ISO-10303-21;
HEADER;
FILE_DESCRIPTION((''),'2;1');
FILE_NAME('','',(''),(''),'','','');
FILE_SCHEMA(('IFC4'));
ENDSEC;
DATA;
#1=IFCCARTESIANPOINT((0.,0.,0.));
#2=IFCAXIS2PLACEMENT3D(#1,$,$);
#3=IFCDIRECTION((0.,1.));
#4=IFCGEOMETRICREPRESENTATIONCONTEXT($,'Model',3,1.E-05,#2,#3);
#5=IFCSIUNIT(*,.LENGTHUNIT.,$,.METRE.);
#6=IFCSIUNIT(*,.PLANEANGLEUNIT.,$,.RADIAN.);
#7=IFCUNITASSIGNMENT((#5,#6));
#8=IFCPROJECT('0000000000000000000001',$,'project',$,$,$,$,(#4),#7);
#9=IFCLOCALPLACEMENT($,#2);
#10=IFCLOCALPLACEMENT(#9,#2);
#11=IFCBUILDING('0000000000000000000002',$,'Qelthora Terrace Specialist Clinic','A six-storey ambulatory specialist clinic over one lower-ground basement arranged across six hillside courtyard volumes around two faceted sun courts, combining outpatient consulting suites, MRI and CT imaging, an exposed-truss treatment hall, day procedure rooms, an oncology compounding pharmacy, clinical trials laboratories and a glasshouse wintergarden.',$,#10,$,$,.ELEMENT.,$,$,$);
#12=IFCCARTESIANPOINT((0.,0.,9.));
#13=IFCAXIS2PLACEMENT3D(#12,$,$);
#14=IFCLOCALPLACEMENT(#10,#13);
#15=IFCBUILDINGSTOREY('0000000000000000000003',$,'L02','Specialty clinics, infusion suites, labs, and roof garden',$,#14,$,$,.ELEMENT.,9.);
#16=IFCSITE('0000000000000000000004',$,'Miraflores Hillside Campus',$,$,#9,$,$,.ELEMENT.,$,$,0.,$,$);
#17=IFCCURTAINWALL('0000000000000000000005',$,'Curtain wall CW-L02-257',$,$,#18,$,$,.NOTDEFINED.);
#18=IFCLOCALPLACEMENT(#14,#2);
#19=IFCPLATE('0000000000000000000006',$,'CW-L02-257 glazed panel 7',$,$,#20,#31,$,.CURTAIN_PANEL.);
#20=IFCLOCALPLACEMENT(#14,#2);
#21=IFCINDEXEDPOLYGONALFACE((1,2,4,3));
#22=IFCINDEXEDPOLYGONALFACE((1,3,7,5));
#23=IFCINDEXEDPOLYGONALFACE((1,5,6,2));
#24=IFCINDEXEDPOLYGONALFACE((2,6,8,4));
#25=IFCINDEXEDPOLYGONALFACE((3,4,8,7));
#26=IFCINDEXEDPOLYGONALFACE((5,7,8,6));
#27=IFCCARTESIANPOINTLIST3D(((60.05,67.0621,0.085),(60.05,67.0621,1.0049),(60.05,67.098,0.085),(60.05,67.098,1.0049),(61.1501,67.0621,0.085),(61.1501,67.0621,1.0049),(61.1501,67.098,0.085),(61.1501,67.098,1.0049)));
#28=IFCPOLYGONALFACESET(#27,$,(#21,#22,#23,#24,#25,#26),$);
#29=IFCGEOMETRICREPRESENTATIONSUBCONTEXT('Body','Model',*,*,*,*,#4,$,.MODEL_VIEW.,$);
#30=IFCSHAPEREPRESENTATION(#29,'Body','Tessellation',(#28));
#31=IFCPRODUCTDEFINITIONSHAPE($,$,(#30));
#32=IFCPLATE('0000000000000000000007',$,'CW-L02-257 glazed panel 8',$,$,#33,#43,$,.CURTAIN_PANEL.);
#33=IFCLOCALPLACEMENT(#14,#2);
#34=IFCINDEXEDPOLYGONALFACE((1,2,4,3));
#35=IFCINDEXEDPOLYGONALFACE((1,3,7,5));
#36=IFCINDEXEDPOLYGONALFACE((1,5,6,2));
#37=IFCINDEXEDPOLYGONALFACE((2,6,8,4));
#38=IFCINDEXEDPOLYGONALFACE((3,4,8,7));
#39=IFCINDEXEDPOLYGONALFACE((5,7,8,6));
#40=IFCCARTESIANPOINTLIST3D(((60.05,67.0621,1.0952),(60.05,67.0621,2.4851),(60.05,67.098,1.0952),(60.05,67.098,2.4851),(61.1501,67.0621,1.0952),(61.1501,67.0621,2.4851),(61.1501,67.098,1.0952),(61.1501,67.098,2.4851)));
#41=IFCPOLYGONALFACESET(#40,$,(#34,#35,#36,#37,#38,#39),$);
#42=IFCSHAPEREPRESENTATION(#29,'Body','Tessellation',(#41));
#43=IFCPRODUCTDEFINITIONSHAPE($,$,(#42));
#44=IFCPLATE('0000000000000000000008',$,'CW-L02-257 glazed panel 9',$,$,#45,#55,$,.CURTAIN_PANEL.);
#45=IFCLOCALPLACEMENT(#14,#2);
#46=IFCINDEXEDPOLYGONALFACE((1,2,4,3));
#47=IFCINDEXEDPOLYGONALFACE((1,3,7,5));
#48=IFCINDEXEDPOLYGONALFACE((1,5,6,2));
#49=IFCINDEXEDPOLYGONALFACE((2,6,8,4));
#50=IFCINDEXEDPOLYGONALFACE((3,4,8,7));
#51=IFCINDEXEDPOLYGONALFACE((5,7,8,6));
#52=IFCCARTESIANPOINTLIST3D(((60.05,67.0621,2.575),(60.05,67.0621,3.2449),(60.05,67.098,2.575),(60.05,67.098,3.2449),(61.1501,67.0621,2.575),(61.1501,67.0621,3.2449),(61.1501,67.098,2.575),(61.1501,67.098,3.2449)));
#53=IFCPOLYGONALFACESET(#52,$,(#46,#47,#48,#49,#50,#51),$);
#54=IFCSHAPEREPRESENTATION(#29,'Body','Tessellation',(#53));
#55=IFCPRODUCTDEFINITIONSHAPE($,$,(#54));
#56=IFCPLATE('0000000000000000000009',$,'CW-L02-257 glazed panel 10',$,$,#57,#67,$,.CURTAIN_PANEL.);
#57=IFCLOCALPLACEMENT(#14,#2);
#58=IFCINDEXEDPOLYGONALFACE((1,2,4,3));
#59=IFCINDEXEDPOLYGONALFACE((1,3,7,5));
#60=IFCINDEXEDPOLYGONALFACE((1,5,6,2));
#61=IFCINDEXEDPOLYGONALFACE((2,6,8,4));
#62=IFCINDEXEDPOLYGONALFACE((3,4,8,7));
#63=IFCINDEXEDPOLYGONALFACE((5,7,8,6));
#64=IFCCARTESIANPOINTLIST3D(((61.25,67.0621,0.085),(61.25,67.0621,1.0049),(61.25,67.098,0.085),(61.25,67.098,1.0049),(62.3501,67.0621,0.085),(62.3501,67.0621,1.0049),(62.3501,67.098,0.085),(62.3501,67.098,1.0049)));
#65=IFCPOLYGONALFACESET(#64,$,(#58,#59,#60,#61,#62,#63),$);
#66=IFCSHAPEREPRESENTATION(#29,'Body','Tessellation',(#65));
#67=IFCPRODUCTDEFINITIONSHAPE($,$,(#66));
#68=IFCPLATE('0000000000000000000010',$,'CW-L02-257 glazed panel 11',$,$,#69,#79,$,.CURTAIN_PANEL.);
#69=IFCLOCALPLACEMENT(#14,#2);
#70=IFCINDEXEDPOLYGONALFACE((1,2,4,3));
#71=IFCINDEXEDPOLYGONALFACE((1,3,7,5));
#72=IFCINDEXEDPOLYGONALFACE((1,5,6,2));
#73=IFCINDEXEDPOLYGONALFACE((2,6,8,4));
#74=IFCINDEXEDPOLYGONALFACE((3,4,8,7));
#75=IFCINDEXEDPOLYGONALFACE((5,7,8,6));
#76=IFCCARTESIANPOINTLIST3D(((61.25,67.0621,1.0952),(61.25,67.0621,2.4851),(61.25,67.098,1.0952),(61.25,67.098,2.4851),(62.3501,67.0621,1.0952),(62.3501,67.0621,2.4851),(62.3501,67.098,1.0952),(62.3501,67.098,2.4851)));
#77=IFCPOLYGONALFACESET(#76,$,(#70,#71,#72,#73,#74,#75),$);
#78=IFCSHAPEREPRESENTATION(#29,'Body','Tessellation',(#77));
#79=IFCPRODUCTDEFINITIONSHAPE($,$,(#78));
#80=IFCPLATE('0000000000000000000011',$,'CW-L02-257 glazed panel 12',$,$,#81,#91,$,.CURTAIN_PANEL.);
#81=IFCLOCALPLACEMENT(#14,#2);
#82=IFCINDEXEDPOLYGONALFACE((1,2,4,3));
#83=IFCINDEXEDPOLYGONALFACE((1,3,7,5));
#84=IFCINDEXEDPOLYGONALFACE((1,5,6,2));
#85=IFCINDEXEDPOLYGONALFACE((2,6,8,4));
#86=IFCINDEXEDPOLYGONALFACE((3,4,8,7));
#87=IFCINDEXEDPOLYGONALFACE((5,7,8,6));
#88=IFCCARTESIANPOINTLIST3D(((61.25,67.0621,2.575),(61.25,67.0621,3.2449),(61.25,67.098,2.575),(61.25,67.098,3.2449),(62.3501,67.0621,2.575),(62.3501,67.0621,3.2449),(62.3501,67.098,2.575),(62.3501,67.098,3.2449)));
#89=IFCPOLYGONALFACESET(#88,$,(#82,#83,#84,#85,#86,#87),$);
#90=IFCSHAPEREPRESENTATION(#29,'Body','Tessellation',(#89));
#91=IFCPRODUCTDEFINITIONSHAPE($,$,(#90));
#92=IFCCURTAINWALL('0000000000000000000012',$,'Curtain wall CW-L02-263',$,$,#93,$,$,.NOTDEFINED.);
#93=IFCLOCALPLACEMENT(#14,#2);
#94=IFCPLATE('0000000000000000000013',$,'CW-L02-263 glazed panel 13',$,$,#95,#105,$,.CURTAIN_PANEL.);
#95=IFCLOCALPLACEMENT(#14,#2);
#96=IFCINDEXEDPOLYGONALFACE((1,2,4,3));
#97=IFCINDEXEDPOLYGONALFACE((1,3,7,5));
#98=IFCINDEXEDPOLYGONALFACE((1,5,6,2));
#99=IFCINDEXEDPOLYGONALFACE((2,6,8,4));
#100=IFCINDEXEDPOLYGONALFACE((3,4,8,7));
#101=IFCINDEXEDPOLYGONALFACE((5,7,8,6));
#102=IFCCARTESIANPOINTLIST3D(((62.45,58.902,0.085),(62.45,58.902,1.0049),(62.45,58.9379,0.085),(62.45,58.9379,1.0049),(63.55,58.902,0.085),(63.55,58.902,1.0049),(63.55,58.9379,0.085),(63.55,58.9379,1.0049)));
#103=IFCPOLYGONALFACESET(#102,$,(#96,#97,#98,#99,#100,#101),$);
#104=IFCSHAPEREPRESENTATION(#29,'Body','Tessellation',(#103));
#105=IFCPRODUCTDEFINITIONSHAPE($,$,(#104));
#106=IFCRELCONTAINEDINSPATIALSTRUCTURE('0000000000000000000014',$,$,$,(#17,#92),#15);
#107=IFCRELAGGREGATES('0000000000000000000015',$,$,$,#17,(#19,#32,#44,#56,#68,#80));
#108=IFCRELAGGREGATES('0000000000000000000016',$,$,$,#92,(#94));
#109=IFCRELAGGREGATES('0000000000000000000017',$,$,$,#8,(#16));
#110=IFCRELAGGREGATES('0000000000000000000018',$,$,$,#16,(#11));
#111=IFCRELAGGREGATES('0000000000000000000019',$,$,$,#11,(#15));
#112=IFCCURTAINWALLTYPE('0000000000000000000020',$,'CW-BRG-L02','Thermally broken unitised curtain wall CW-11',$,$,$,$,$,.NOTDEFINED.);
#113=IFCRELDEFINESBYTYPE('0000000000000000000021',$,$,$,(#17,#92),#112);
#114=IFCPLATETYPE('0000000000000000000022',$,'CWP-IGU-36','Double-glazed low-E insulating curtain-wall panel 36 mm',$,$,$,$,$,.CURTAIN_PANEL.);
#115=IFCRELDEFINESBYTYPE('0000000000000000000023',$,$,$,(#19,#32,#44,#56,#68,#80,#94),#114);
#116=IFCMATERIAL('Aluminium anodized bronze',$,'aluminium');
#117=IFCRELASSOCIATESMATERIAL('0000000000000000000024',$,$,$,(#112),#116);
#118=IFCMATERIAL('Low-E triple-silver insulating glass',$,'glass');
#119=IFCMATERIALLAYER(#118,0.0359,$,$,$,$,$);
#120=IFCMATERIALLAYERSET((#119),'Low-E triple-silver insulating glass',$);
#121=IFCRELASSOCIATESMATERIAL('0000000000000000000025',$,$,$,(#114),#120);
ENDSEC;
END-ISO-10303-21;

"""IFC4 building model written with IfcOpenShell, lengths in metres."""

from ifc_helpers import new_model, si_unit, direction, frame, origin, origin_2d, place, context, subcontext, project, spatial, rectangle, extrude, material, layer, layer_set, type_object, element, aggregate, save


model = new_model("IFC4")

# Units and contexts
model_context = context("Model", 3, precision=1e-05, world=origin(), true_north=direction((0.0, 1.0)))
body_context = subcontext(model_context, "Body", "Model", "MODEL_VIEW")
ifc_project = project(units=[si_unit("LENGTHUNIT", "METRE"), si_unit("PLANEANGLEUNIT", "RADIAN")], contexts=[model_context])

# Site, building, storey
site_placement = place(None, origin())
site = spatial("IfcSite", under=ifc_project, at=site_placement, Name="Miraflores Hillside Campus", CompositionType="ELEMENT", RefElevation=0.0)
building_placement = place(site_placement, origin())
building = spatial("IfcBuilding", under=site, at=building_placement, Name="Qelthora Terrace Specialist Clinic", Description="A six-storey ambulatory specialist clinic over one lower-ground basement arranged across six hillside courtyard volumes around two faceted sun courts, combining outpatient consulting suites, MRI and CT imaging, an exposed-truss treatment hall, day procedure rooms, an oncology compounding pharmacy, clinical trials laboratories and a glasshouse wintergarden.", CompositionType="ELEMENT")
storey_placement = place(building_placement, frame((0.0, 0.0, 9.0)))
storey = spatial("IfcBuildingStorey", under=building, at=storey_placement, Name="L02", Description="Specialty clinics, infusion suites, labs, and roof garden", CompositionType="ELEMENT", Elevation=9.0)

# Curtain wall, plates
ifc_material_1 = material(Name="Aluminium anodized bronze", Category="aluminium")
curtain_wall_type = type_object("IfcCurtainWallType", Name="CW-BRG-L02", Description="Thermally broken unitised curtain wall CW-11", PredefinedType="NOTDEFINED", material=ifc_material_1)
curtain_wall_1_placement = place(storey_placement, origin())
curtain_wall_1 = element("IfcCurtainWall", 1, at=curtain_wall_1_placement, inside=storey, type_object=curtain_wall_type, Name="Curtain wall CW-L02-257", PredefinedType="NOTDEFINED")
ifc_material_2 = material(Name="Low-E triple-silver insulating glass", Category="glass")
ifc_layer = layer(ifc_material_2, 0.0359)
ifc_layer_set = layer_set([ifc_layer], Name="Low-E triple-silver insulating glass")
plate_type = type_object("IfcPlateType", Name="CWP-IGU-36", Description="Double-glazed low-E insulating curtain-wall panel 36 mm", PredefinedType="CURTAIN_PANEL", material=ifc_layer_set)
plate_1_placement = place(storey_placement, frame((60.6001, 67.0801, 0.085), z_axis=(0.0, 0.0, 1.0), x_axis=(1.0, 0.0, 0.0)))
plate_1 = element("IfcPlate", 2, at=plate_1_placement, type_object=plate_type, Name="CW-L02-257 glazed panel 7", PredefinedType="CURTAIN_PANEL", context=body_context, shape_type="SweptSolid", body=[
    extrude(rectangle(XDim=1.1001, YDim=0.0359, at=origin_2d()), origin(), (0.0, 0.0, 1.0), 0.9199),
])
plate_2_placement = place(storey_placement, frame((60.6001, 67.0801, 1.0952), z_axis=(0.0, 0.0, 1.0), x_axis=(1.0, 0.0, 0.0)))
plate_2 = element("IfcPlate", 3, at=plate_2_placement, type_object=plate_type, Name="CW-L02-257 glazed panel 8", PredefinedType="CURTAIN_PANEL", context=body_context, shape_type="SweptSolid", body=[
    extrude(rectangle(XDim=1.1001, YDim=0.0359, at=origin_2d()), origin(), (0.0, 0.0, 1.0), 1.3899),
])
plate_3_placement = place(storey_placement, frame((60.6001, 67.0801, 2.575), z_axis=(0.0, 0.0, 1.0), x_axis=(1.0, 0.0, 0.0)))
plate_3 = element("IfcPlate", 4, at=plate_3_placement, type_object=plate_type, Name="CW-L02-257 glazed panel 9", PredefinedType="CURTAIN_PANEL", context=body_context, shape_type="SweptSolid", body=[
    extrude(rectangle(XDim=1.1001, YDim=0.0359, at=origin_2d()), origin(), (0.0, 0.0, 1.0), 0.6699),
])
plate_4_placement = place(storey_placement, frame((61.8, 67.0801, 0.085), z_axis=(0.0, 0.0, 1.0), x_axis=(1.0, 0.0, 0.0)))
plate_4 = element("IfcPlate", 5, at=plate_4_placement, type_object=plate_type, Name="CW-L02-257 glazed panel 10", PredefinedType="CURTAIN_PANEL", context=body_context, shape_type="SweptSolid", body=[
    extrude(rectangle(XDim=1.1001, YDim=0.0359, at=origin_2d()), origin(), (0.0, 0.0, 1.0), 0.9199),
])
plate_5_placement = place(storey_placement, frame((61.8, 67.0801, 1.0952), z_axis=(0.0, 0.0, 1.0), x_axis=(1.0, 0.0, 0.0)))
plate_5 = element("IfcPlate", 6, at=plate_5_placement, type_object=plate_type, Name="CW-L02-257 glazed panel 11", PredefinedType="CURTAIN_PANEL", context=body_context, shape_type="SweptSolid", body=[
    extrude(rectangle(XDim=1.1001, YDim=0.0359, at=origin_2d()), origin(), (0.0, 0.0, 1.0), 1.3899),
])
plate_6_placement = place(storey_placement, frame((61.8, 67.0801, 2.575), z_axis=(0.0, 0.0, 1.0), x_axis=(1.0, 0.0, 0.0)))
plate_6 = element("IfcPlate", 7, at=plate_6_placement, type_object=plate_type, Name="CW-L02-257 glazed panel 12", PredefinedType="CURTAIN_PANEL", context=body_context, shape_type="SweptSolid", body=[
    extrude(rectangle(XDim=1.1001, YDim=0.0359, at=origin_2d()), origin(), (0.0, 0.0, 1.0), 0.6699),
])
aggregate(curtain_wall_1, [plate_1, plate_2, plate_3, plate_4, plate_5, plate_6])

# Curtain wall, plate
curtain_wall_2_placement = place(storey_placement, origin())
curtain_wall_2 = element("IfcCurtainWall", 8, at=curtain_wall_2_placement, inside=storey, type_object=curtain_wall_type, Name="Curtain wall CW-L02-263", PredefinedType="NOTDEFINED")
plate_7_placement = place(storey_placement, frame((63.0, 58.9199, 0.085), z_axis=(0.0, 0.0, 1.0), x_axis=(1.0, 0.0, 0.0)))
plate_7 = element("IfcPlate", 9, at=plate_7_placement, type_object=plate_type, Name="CW-L02-263 glazed panel 13", PredefinedType="CURTAIN_PANEL", context=body_context, shape_type="SweptSolid", body=[
    extrude(rectangle(XDim=1.1001, YDim=0.0359, at=origin_2d()), origin(), (0.0, 0.0, 1.0), 0.9199),
])
aggregate(curtain_wall_2, [plate_7])

save(model, "model.ifc")
